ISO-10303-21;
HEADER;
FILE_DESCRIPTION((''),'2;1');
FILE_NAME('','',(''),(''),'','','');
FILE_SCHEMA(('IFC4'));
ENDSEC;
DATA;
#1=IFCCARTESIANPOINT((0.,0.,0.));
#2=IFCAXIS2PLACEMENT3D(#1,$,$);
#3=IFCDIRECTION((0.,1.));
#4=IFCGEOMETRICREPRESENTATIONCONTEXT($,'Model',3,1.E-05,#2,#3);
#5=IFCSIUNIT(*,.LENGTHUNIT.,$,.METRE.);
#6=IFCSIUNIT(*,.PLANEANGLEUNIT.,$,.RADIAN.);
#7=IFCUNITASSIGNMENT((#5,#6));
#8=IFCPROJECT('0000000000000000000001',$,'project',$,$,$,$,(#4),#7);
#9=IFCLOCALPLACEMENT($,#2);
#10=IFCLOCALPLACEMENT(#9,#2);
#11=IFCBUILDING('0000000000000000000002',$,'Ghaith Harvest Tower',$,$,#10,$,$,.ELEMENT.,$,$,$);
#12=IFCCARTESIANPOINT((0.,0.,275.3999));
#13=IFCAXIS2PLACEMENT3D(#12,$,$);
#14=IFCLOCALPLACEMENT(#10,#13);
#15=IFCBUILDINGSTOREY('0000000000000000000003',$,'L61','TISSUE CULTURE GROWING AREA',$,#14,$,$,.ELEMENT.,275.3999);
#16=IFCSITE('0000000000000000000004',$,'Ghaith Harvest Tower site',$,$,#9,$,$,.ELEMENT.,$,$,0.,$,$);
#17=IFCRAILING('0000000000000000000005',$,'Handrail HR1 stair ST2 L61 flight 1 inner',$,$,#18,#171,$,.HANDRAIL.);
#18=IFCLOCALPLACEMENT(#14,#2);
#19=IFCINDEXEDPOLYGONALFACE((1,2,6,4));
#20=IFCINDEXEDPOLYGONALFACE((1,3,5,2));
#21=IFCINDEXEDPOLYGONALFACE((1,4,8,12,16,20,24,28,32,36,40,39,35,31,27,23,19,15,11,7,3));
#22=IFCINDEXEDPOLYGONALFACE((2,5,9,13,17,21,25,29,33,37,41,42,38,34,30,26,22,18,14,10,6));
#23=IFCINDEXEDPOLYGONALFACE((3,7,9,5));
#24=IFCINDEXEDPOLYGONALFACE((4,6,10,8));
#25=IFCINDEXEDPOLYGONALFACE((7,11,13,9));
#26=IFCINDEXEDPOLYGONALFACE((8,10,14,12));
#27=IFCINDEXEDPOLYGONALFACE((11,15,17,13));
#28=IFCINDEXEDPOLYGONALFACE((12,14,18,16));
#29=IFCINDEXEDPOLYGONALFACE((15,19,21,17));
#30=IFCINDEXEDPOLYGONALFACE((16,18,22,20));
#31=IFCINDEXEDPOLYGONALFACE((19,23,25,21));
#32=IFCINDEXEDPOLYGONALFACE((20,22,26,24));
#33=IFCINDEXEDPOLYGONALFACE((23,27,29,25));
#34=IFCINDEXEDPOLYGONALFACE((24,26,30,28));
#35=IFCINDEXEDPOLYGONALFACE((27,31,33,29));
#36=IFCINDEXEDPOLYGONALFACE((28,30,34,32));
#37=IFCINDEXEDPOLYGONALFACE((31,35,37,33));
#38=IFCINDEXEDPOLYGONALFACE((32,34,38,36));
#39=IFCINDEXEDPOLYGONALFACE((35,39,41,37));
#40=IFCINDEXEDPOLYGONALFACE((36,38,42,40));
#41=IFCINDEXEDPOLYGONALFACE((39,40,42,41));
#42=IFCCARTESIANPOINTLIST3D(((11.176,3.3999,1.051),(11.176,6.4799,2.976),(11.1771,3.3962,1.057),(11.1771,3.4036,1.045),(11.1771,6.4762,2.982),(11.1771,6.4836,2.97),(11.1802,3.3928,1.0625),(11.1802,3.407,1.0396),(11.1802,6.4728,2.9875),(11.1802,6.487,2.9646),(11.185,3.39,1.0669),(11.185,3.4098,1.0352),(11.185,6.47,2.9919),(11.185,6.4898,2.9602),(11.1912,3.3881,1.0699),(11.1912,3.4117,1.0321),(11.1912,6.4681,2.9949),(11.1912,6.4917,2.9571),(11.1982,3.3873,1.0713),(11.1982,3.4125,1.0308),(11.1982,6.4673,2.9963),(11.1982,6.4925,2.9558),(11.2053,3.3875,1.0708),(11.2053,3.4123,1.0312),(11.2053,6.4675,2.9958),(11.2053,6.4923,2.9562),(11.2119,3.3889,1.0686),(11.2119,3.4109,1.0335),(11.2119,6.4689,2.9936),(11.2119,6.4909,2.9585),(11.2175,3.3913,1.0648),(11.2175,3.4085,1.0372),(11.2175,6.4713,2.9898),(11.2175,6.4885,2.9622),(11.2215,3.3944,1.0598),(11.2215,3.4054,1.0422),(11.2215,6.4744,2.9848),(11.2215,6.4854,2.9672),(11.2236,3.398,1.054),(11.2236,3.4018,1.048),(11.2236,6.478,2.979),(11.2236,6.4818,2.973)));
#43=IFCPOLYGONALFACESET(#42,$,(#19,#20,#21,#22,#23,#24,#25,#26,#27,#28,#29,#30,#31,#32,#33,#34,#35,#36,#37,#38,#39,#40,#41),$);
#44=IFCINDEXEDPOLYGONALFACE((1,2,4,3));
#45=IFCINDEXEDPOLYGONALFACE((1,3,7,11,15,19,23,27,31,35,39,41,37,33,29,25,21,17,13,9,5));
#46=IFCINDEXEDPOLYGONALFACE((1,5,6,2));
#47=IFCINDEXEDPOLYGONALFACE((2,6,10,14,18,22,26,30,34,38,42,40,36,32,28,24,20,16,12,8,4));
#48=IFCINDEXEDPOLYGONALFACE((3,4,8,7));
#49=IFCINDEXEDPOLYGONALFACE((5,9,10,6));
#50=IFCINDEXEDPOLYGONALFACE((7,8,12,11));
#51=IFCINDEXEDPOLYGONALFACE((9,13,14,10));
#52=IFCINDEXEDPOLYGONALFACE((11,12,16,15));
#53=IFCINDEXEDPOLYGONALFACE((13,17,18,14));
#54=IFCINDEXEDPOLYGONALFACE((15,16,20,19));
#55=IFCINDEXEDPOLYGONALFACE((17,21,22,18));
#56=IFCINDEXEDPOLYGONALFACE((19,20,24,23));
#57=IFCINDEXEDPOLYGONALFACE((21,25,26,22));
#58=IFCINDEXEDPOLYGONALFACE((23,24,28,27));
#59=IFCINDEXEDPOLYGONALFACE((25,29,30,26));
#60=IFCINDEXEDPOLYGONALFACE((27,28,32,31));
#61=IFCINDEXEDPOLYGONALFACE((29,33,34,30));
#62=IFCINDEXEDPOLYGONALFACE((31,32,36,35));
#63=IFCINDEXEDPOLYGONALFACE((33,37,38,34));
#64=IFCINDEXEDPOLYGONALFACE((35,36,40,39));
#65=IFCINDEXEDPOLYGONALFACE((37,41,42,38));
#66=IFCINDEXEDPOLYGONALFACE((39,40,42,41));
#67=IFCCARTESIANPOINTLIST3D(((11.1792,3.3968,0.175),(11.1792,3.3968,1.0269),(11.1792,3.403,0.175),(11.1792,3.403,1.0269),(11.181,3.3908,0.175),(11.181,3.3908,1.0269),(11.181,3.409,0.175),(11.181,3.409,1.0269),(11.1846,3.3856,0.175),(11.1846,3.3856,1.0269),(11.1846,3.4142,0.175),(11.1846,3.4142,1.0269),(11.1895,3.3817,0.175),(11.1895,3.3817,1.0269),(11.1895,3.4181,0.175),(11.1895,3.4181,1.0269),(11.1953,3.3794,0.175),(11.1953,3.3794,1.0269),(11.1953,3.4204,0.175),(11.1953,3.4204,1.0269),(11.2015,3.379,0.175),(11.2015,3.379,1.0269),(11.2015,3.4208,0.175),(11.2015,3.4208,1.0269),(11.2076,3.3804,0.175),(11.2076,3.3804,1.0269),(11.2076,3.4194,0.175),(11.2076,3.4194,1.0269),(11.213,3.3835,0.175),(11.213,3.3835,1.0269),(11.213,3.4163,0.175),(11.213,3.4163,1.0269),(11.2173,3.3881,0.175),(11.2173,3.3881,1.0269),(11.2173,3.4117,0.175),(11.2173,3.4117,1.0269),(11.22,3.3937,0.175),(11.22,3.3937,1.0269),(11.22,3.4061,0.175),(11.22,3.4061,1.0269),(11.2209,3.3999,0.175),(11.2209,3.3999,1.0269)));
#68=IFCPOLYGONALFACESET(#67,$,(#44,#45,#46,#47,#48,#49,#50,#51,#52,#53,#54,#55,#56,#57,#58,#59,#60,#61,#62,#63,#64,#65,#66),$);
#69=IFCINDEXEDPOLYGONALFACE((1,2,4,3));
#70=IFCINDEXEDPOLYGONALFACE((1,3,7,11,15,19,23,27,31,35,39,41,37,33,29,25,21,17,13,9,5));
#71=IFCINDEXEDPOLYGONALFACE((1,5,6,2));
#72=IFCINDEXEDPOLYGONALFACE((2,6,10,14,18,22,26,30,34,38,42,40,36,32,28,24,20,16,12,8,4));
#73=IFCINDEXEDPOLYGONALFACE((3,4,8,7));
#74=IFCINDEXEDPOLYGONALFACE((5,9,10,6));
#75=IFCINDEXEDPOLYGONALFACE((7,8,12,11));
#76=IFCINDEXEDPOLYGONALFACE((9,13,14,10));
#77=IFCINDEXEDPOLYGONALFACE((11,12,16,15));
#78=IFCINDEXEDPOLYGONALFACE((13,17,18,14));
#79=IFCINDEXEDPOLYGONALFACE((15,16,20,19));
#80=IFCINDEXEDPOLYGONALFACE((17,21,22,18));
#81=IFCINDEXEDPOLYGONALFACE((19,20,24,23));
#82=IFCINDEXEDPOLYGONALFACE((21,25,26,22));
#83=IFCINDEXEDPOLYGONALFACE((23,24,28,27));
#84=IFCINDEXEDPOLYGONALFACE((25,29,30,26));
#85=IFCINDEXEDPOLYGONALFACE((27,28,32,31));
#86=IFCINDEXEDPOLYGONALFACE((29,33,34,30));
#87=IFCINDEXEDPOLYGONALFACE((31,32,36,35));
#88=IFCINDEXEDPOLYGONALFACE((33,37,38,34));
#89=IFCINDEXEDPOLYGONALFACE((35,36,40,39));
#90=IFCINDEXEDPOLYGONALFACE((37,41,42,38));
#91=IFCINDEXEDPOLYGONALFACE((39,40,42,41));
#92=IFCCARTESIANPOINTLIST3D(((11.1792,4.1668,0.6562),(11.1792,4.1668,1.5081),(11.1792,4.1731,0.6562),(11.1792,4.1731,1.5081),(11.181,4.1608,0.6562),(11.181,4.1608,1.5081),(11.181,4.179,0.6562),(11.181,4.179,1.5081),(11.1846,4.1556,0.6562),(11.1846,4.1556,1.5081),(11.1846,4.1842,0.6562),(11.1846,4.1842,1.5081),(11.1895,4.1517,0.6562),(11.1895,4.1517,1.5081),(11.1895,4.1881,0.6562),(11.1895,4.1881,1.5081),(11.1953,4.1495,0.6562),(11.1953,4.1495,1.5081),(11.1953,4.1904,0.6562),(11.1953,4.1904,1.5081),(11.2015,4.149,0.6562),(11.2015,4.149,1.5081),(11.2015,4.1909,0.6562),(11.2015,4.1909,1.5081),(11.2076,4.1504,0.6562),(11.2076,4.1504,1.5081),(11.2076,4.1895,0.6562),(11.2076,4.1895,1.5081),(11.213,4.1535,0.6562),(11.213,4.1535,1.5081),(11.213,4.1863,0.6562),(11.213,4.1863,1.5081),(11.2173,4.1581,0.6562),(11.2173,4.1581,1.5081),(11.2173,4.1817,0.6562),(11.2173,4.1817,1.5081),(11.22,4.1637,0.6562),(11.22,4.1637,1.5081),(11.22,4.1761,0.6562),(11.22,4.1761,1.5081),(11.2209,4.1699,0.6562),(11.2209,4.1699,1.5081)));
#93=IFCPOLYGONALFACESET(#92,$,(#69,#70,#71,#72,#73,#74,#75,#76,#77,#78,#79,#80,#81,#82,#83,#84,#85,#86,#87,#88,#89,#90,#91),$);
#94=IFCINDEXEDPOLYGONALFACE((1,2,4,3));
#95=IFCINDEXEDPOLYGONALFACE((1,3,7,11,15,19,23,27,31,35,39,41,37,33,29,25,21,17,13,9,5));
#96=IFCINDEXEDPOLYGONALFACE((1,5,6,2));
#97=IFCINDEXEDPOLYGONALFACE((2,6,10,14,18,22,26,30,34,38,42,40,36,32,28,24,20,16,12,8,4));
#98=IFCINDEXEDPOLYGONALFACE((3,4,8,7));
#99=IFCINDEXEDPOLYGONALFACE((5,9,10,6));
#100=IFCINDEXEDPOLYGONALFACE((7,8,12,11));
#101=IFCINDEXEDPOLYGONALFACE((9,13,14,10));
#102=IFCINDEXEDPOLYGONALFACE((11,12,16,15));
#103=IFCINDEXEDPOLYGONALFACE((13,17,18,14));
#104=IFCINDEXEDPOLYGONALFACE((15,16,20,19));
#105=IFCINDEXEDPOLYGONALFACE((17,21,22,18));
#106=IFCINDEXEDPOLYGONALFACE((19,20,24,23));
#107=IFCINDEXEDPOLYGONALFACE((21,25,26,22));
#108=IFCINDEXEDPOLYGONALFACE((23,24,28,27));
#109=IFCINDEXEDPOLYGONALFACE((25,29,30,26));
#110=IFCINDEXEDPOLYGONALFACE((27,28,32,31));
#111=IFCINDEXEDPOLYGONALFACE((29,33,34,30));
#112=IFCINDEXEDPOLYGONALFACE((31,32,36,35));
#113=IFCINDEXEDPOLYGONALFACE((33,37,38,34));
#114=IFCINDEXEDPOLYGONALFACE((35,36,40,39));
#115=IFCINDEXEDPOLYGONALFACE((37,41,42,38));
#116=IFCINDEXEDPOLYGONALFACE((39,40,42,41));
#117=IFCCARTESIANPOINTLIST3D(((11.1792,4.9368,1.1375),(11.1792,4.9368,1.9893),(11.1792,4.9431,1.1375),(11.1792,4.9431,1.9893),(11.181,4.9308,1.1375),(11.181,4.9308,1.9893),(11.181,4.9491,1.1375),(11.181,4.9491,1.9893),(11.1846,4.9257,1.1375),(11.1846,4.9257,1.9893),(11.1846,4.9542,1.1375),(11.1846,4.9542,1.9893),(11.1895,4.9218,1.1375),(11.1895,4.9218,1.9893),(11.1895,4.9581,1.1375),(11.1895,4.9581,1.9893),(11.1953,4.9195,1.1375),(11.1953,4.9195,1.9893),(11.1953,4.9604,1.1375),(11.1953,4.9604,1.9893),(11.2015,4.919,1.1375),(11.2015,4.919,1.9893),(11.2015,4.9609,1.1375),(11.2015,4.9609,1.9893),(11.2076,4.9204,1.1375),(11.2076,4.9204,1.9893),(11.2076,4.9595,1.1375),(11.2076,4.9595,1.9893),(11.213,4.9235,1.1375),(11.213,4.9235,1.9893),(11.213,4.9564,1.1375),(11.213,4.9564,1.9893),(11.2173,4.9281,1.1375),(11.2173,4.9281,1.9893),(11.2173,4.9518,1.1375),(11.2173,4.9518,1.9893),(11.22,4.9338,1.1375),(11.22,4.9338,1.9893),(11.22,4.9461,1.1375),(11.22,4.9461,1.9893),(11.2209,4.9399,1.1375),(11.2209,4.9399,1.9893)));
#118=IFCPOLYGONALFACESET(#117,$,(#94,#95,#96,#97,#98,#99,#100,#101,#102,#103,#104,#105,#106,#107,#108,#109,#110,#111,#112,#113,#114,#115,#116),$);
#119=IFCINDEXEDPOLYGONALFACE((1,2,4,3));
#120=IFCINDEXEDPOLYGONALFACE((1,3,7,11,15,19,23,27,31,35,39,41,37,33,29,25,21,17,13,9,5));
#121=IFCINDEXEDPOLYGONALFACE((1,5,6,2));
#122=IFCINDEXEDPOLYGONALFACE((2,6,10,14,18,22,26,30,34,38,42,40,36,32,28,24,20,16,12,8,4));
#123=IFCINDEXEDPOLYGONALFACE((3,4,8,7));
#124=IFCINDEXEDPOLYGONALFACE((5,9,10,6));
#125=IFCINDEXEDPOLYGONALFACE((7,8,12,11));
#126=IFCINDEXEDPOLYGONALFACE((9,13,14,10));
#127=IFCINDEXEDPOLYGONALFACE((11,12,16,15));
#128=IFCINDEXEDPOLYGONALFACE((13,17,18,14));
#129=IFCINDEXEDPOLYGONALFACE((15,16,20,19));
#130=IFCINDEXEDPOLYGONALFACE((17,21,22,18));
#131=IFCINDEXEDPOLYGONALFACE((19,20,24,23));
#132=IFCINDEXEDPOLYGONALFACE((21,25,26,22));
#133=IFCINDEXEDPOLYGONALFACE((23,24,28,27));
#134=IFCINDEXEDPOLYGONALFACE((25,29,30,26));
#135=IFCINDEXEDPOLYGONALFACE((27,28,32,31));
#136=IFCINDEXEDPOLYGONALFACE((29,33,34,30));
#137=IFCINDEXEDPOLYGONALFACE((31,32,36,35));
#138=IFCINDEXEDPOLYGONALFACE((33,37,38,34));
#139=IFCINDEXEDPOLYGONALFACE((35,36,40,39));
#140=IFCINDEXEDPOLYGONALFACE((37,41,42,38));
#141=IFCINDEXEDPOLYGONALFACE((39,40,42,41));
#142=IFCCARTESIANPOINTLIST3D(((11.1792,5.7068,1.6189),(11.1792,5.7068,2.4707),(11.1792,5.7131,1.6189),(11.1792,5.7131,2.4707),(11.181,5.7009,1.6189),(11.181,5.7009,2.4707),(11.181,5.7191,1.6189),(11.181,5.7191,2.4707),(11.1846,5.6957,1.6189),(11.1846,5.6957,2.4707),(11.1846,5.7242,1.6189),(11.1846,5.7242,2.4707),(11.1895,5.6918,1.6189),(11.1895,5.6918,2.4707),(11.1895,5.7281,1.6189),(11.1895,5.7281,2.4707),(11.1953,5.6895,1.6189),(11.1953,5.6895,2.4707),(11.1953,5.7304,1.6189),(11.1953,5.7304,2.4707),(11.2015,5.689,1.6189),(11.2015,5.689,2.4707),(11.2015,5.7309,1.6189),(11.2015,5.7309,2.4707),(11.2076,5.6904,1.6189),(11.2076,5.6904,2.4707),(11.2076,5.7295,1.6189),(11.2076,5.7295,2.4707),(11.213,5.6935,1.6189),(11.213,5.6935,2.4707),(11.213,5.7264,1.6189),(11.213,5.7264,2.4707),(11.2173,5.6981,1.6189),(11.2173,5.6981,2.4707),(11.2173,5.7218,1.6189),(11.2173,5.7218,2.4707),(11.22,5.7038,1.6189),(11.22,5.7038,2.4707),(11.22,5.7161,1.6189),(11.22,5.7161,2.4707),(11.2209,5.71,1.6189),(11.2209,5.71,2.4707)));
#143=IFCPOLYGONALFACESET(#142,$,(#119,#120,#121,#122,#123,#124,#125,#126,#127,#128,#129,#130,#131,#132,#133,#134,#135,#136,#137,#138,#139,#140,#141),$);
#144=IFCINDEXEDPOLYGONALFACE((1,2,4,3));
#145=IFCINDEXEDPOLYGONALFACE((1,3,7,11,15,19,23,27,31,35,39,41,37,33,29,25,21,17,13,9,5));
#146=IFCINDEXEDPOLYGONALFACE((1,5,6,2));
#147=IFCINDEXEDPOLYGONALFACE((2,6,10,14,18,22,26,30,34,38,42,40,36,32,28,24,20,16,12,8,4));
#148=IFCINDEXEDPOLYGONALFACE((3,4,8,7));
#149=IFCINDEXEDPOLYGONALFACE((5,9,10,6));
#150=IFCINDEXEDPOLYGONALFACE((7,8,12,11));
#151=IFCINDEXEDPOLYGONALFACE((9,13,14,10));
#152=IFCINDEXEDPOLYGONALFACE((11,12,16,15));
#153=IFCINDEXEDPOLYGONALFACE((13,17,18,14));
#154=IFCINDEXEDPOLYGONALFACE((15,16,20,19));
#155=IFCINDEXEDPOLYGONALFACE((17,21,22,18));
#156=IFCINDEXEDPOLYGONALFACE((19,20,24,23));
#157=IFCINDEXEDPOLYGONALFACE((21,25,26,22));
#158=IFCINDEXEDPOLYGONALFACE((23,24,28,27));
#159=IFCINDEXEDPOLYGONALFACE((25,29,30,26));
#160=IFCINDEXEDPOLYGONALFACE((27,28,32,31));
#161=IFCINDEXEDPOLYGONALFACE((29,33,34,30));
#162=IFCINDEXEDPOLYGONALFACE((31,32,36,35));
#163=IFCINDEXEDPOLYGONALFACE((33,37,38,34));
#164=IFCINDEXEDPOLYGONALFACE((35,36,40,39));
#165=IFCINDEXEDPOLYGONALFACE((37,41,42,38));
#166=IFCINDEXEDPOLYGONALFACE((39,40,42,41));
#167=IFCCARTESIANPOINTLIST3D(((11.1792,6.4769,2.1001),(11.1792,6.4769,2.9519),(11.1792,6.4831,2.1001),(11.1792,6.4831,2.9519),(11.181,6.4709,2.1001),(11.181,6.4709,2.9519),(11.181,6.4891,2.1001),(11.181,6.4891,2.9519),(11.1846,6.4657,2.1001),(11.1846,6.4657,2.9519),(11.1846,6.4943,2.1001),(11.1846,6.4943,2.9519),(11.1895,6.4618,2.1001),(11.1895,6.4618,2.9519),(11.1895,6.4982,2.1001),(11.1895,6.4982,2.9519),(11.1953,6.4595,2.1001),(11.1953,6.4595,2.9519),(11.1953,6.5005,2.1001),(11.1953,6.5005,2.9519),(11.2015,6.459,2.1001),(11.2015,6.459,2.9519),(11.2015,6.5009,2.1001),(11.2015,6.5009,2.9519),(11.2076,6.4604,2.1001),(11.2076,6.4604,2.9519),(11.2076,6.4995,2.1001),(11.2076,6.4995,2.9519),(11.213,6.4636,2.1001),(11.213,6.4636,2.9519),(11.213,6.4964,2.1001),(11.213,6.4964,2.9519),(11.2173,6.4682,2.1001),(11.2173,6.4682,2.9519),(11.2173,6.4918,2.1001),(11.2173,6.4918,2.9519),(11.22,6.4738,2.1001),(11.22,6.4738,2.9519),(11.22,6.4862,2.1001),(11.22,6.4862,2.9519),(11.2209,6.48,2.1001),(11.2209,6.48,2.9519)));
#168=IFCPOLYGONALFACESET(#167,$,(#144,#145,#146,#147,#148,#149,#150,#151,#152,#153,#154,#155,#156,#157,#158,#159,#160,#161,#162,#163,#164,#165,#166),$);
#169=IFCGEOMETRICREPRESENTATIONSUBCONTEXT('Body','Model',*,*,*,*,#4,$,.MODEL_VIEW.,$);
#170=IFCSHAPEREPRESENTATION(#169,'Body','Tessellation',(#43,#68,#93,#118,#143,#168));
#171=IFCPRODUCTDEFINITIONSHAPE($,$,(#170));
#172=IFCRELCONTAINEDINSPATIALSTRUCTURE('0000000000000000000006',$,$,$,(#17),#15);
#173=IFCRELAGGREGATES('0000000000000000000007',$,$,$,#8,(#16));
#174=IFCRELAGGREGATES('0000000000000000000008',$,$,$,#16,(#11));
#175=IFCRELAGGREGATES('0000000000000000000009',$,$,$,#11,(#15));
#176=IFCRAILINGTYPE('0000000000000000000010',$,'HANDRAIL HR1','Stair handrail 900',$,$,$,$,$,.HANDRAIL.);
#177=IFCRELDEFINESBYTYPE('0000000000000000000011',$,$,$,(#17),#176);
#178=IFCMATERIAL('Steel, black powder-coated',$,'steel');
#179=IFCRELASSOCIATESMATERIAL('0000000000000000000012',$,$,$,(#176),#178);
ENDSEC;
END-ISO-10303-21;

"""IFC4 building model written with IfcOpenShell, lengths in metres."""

from ifc_helpers import new_model, si_unit, direction, frame, origin, origin_2d, place, context, subcontext, project, spatial, circle, extrude, material, type_object, element, save


model = new_model("IFC4")

# Units and contexts
model_context = context("Model", 3, precision=1e-05, world=origin(), true_north=direction((0.0, 1.0)))
body_context = subcontext(model_context, "Body", "Model", "MODEL_VIEW")
ifc_project = project(units=[si_unit("LENGTHUNIT", "METRE"), si_unit("PLANEANGLEUNIT", "RADIAN")], contexts=[model_context])

# Site, building, storey
site_placement = place(None, origin())
site = spatial("IfcSite", under=ifc_project, at=site_placement, Name="Ghaith Harvest Tower site", CompositionType="ELEMENT", RefElevation=0.0)
building_placement = place(site_placement, origin())
building = spatial("IfcBuilding", under=site, at=building_placement, Name="Ghaith Harvest Tower", CompositionType="ELEMENT")
storey_placement = place(building_placement, frame((0.0, 0.0, 275.3999)))
storey = spatial("IfcBuildingStorey", under=building, at=storey_placement, Name="L61", Description="TISSUE CULTURE GROWING AREA", CompositionType="ELEMENT", Elevation=275.3999)

# Railing
ifc_material_1 = material(Name="Steel, black powder-coated", Category="steel")
railing_type = type_object("IfcRailingType", Name="HANDRAIL HR1", Description="Stair handrail 900", PredefinedType="HANDRAIL", material=ifc_material_1)
railing_1_placement = place(storey_placement, frame((11.2, 3.3999, 0.175)))
element("IfcRailing", 1, at=railing_1_placement, inside=storey, type_object=railing_type, Name="Handrail HR1 stair ST2 L61 flight 1 inner", PredefinedType="HANDRAIL", context=body_context, shape_type="SweptSolid", body=[
    extrude(circle(Radius=0.0239, at=origin_2d()), frame((0.0, 0.0, 0.876), z_axis=(0.0, 0.847998, 0.529999), x_axis=(-1.0, 0.0, 0.0)), (0.0, 0.0, 1.0), 3.6321),
    extrude(circle(Radius=0.021, at=origin_2d()), origin(), (0.0, 0.0, 1.0), 0.8518),
    extrude(circle(Radius=0.021, at=origin_2d()), frame((0.0, 0.77, 0.4812)), (0.0, 0.0, 1.0), 0.8518),
    extrude(circle(Radius=0.021, at=origin_2d()), frame((0.0, 1.54, 0.9624)), (0.0, 0.0, 1.0), 0.8518),
    extrude(circle(Radius=0.021, at=origin_2d()), frame((0.0, 2.3101, 1.4438)), (0.0, 0.0, 1.0), 0.8518),
    extrude(circle(Radius=0.021, at=origin_2d()), frame((0.0, 3.0801, 1.925)), (0.0, 0.0, 1.0), 0.8518),
])

save(model, "model.ifc")
